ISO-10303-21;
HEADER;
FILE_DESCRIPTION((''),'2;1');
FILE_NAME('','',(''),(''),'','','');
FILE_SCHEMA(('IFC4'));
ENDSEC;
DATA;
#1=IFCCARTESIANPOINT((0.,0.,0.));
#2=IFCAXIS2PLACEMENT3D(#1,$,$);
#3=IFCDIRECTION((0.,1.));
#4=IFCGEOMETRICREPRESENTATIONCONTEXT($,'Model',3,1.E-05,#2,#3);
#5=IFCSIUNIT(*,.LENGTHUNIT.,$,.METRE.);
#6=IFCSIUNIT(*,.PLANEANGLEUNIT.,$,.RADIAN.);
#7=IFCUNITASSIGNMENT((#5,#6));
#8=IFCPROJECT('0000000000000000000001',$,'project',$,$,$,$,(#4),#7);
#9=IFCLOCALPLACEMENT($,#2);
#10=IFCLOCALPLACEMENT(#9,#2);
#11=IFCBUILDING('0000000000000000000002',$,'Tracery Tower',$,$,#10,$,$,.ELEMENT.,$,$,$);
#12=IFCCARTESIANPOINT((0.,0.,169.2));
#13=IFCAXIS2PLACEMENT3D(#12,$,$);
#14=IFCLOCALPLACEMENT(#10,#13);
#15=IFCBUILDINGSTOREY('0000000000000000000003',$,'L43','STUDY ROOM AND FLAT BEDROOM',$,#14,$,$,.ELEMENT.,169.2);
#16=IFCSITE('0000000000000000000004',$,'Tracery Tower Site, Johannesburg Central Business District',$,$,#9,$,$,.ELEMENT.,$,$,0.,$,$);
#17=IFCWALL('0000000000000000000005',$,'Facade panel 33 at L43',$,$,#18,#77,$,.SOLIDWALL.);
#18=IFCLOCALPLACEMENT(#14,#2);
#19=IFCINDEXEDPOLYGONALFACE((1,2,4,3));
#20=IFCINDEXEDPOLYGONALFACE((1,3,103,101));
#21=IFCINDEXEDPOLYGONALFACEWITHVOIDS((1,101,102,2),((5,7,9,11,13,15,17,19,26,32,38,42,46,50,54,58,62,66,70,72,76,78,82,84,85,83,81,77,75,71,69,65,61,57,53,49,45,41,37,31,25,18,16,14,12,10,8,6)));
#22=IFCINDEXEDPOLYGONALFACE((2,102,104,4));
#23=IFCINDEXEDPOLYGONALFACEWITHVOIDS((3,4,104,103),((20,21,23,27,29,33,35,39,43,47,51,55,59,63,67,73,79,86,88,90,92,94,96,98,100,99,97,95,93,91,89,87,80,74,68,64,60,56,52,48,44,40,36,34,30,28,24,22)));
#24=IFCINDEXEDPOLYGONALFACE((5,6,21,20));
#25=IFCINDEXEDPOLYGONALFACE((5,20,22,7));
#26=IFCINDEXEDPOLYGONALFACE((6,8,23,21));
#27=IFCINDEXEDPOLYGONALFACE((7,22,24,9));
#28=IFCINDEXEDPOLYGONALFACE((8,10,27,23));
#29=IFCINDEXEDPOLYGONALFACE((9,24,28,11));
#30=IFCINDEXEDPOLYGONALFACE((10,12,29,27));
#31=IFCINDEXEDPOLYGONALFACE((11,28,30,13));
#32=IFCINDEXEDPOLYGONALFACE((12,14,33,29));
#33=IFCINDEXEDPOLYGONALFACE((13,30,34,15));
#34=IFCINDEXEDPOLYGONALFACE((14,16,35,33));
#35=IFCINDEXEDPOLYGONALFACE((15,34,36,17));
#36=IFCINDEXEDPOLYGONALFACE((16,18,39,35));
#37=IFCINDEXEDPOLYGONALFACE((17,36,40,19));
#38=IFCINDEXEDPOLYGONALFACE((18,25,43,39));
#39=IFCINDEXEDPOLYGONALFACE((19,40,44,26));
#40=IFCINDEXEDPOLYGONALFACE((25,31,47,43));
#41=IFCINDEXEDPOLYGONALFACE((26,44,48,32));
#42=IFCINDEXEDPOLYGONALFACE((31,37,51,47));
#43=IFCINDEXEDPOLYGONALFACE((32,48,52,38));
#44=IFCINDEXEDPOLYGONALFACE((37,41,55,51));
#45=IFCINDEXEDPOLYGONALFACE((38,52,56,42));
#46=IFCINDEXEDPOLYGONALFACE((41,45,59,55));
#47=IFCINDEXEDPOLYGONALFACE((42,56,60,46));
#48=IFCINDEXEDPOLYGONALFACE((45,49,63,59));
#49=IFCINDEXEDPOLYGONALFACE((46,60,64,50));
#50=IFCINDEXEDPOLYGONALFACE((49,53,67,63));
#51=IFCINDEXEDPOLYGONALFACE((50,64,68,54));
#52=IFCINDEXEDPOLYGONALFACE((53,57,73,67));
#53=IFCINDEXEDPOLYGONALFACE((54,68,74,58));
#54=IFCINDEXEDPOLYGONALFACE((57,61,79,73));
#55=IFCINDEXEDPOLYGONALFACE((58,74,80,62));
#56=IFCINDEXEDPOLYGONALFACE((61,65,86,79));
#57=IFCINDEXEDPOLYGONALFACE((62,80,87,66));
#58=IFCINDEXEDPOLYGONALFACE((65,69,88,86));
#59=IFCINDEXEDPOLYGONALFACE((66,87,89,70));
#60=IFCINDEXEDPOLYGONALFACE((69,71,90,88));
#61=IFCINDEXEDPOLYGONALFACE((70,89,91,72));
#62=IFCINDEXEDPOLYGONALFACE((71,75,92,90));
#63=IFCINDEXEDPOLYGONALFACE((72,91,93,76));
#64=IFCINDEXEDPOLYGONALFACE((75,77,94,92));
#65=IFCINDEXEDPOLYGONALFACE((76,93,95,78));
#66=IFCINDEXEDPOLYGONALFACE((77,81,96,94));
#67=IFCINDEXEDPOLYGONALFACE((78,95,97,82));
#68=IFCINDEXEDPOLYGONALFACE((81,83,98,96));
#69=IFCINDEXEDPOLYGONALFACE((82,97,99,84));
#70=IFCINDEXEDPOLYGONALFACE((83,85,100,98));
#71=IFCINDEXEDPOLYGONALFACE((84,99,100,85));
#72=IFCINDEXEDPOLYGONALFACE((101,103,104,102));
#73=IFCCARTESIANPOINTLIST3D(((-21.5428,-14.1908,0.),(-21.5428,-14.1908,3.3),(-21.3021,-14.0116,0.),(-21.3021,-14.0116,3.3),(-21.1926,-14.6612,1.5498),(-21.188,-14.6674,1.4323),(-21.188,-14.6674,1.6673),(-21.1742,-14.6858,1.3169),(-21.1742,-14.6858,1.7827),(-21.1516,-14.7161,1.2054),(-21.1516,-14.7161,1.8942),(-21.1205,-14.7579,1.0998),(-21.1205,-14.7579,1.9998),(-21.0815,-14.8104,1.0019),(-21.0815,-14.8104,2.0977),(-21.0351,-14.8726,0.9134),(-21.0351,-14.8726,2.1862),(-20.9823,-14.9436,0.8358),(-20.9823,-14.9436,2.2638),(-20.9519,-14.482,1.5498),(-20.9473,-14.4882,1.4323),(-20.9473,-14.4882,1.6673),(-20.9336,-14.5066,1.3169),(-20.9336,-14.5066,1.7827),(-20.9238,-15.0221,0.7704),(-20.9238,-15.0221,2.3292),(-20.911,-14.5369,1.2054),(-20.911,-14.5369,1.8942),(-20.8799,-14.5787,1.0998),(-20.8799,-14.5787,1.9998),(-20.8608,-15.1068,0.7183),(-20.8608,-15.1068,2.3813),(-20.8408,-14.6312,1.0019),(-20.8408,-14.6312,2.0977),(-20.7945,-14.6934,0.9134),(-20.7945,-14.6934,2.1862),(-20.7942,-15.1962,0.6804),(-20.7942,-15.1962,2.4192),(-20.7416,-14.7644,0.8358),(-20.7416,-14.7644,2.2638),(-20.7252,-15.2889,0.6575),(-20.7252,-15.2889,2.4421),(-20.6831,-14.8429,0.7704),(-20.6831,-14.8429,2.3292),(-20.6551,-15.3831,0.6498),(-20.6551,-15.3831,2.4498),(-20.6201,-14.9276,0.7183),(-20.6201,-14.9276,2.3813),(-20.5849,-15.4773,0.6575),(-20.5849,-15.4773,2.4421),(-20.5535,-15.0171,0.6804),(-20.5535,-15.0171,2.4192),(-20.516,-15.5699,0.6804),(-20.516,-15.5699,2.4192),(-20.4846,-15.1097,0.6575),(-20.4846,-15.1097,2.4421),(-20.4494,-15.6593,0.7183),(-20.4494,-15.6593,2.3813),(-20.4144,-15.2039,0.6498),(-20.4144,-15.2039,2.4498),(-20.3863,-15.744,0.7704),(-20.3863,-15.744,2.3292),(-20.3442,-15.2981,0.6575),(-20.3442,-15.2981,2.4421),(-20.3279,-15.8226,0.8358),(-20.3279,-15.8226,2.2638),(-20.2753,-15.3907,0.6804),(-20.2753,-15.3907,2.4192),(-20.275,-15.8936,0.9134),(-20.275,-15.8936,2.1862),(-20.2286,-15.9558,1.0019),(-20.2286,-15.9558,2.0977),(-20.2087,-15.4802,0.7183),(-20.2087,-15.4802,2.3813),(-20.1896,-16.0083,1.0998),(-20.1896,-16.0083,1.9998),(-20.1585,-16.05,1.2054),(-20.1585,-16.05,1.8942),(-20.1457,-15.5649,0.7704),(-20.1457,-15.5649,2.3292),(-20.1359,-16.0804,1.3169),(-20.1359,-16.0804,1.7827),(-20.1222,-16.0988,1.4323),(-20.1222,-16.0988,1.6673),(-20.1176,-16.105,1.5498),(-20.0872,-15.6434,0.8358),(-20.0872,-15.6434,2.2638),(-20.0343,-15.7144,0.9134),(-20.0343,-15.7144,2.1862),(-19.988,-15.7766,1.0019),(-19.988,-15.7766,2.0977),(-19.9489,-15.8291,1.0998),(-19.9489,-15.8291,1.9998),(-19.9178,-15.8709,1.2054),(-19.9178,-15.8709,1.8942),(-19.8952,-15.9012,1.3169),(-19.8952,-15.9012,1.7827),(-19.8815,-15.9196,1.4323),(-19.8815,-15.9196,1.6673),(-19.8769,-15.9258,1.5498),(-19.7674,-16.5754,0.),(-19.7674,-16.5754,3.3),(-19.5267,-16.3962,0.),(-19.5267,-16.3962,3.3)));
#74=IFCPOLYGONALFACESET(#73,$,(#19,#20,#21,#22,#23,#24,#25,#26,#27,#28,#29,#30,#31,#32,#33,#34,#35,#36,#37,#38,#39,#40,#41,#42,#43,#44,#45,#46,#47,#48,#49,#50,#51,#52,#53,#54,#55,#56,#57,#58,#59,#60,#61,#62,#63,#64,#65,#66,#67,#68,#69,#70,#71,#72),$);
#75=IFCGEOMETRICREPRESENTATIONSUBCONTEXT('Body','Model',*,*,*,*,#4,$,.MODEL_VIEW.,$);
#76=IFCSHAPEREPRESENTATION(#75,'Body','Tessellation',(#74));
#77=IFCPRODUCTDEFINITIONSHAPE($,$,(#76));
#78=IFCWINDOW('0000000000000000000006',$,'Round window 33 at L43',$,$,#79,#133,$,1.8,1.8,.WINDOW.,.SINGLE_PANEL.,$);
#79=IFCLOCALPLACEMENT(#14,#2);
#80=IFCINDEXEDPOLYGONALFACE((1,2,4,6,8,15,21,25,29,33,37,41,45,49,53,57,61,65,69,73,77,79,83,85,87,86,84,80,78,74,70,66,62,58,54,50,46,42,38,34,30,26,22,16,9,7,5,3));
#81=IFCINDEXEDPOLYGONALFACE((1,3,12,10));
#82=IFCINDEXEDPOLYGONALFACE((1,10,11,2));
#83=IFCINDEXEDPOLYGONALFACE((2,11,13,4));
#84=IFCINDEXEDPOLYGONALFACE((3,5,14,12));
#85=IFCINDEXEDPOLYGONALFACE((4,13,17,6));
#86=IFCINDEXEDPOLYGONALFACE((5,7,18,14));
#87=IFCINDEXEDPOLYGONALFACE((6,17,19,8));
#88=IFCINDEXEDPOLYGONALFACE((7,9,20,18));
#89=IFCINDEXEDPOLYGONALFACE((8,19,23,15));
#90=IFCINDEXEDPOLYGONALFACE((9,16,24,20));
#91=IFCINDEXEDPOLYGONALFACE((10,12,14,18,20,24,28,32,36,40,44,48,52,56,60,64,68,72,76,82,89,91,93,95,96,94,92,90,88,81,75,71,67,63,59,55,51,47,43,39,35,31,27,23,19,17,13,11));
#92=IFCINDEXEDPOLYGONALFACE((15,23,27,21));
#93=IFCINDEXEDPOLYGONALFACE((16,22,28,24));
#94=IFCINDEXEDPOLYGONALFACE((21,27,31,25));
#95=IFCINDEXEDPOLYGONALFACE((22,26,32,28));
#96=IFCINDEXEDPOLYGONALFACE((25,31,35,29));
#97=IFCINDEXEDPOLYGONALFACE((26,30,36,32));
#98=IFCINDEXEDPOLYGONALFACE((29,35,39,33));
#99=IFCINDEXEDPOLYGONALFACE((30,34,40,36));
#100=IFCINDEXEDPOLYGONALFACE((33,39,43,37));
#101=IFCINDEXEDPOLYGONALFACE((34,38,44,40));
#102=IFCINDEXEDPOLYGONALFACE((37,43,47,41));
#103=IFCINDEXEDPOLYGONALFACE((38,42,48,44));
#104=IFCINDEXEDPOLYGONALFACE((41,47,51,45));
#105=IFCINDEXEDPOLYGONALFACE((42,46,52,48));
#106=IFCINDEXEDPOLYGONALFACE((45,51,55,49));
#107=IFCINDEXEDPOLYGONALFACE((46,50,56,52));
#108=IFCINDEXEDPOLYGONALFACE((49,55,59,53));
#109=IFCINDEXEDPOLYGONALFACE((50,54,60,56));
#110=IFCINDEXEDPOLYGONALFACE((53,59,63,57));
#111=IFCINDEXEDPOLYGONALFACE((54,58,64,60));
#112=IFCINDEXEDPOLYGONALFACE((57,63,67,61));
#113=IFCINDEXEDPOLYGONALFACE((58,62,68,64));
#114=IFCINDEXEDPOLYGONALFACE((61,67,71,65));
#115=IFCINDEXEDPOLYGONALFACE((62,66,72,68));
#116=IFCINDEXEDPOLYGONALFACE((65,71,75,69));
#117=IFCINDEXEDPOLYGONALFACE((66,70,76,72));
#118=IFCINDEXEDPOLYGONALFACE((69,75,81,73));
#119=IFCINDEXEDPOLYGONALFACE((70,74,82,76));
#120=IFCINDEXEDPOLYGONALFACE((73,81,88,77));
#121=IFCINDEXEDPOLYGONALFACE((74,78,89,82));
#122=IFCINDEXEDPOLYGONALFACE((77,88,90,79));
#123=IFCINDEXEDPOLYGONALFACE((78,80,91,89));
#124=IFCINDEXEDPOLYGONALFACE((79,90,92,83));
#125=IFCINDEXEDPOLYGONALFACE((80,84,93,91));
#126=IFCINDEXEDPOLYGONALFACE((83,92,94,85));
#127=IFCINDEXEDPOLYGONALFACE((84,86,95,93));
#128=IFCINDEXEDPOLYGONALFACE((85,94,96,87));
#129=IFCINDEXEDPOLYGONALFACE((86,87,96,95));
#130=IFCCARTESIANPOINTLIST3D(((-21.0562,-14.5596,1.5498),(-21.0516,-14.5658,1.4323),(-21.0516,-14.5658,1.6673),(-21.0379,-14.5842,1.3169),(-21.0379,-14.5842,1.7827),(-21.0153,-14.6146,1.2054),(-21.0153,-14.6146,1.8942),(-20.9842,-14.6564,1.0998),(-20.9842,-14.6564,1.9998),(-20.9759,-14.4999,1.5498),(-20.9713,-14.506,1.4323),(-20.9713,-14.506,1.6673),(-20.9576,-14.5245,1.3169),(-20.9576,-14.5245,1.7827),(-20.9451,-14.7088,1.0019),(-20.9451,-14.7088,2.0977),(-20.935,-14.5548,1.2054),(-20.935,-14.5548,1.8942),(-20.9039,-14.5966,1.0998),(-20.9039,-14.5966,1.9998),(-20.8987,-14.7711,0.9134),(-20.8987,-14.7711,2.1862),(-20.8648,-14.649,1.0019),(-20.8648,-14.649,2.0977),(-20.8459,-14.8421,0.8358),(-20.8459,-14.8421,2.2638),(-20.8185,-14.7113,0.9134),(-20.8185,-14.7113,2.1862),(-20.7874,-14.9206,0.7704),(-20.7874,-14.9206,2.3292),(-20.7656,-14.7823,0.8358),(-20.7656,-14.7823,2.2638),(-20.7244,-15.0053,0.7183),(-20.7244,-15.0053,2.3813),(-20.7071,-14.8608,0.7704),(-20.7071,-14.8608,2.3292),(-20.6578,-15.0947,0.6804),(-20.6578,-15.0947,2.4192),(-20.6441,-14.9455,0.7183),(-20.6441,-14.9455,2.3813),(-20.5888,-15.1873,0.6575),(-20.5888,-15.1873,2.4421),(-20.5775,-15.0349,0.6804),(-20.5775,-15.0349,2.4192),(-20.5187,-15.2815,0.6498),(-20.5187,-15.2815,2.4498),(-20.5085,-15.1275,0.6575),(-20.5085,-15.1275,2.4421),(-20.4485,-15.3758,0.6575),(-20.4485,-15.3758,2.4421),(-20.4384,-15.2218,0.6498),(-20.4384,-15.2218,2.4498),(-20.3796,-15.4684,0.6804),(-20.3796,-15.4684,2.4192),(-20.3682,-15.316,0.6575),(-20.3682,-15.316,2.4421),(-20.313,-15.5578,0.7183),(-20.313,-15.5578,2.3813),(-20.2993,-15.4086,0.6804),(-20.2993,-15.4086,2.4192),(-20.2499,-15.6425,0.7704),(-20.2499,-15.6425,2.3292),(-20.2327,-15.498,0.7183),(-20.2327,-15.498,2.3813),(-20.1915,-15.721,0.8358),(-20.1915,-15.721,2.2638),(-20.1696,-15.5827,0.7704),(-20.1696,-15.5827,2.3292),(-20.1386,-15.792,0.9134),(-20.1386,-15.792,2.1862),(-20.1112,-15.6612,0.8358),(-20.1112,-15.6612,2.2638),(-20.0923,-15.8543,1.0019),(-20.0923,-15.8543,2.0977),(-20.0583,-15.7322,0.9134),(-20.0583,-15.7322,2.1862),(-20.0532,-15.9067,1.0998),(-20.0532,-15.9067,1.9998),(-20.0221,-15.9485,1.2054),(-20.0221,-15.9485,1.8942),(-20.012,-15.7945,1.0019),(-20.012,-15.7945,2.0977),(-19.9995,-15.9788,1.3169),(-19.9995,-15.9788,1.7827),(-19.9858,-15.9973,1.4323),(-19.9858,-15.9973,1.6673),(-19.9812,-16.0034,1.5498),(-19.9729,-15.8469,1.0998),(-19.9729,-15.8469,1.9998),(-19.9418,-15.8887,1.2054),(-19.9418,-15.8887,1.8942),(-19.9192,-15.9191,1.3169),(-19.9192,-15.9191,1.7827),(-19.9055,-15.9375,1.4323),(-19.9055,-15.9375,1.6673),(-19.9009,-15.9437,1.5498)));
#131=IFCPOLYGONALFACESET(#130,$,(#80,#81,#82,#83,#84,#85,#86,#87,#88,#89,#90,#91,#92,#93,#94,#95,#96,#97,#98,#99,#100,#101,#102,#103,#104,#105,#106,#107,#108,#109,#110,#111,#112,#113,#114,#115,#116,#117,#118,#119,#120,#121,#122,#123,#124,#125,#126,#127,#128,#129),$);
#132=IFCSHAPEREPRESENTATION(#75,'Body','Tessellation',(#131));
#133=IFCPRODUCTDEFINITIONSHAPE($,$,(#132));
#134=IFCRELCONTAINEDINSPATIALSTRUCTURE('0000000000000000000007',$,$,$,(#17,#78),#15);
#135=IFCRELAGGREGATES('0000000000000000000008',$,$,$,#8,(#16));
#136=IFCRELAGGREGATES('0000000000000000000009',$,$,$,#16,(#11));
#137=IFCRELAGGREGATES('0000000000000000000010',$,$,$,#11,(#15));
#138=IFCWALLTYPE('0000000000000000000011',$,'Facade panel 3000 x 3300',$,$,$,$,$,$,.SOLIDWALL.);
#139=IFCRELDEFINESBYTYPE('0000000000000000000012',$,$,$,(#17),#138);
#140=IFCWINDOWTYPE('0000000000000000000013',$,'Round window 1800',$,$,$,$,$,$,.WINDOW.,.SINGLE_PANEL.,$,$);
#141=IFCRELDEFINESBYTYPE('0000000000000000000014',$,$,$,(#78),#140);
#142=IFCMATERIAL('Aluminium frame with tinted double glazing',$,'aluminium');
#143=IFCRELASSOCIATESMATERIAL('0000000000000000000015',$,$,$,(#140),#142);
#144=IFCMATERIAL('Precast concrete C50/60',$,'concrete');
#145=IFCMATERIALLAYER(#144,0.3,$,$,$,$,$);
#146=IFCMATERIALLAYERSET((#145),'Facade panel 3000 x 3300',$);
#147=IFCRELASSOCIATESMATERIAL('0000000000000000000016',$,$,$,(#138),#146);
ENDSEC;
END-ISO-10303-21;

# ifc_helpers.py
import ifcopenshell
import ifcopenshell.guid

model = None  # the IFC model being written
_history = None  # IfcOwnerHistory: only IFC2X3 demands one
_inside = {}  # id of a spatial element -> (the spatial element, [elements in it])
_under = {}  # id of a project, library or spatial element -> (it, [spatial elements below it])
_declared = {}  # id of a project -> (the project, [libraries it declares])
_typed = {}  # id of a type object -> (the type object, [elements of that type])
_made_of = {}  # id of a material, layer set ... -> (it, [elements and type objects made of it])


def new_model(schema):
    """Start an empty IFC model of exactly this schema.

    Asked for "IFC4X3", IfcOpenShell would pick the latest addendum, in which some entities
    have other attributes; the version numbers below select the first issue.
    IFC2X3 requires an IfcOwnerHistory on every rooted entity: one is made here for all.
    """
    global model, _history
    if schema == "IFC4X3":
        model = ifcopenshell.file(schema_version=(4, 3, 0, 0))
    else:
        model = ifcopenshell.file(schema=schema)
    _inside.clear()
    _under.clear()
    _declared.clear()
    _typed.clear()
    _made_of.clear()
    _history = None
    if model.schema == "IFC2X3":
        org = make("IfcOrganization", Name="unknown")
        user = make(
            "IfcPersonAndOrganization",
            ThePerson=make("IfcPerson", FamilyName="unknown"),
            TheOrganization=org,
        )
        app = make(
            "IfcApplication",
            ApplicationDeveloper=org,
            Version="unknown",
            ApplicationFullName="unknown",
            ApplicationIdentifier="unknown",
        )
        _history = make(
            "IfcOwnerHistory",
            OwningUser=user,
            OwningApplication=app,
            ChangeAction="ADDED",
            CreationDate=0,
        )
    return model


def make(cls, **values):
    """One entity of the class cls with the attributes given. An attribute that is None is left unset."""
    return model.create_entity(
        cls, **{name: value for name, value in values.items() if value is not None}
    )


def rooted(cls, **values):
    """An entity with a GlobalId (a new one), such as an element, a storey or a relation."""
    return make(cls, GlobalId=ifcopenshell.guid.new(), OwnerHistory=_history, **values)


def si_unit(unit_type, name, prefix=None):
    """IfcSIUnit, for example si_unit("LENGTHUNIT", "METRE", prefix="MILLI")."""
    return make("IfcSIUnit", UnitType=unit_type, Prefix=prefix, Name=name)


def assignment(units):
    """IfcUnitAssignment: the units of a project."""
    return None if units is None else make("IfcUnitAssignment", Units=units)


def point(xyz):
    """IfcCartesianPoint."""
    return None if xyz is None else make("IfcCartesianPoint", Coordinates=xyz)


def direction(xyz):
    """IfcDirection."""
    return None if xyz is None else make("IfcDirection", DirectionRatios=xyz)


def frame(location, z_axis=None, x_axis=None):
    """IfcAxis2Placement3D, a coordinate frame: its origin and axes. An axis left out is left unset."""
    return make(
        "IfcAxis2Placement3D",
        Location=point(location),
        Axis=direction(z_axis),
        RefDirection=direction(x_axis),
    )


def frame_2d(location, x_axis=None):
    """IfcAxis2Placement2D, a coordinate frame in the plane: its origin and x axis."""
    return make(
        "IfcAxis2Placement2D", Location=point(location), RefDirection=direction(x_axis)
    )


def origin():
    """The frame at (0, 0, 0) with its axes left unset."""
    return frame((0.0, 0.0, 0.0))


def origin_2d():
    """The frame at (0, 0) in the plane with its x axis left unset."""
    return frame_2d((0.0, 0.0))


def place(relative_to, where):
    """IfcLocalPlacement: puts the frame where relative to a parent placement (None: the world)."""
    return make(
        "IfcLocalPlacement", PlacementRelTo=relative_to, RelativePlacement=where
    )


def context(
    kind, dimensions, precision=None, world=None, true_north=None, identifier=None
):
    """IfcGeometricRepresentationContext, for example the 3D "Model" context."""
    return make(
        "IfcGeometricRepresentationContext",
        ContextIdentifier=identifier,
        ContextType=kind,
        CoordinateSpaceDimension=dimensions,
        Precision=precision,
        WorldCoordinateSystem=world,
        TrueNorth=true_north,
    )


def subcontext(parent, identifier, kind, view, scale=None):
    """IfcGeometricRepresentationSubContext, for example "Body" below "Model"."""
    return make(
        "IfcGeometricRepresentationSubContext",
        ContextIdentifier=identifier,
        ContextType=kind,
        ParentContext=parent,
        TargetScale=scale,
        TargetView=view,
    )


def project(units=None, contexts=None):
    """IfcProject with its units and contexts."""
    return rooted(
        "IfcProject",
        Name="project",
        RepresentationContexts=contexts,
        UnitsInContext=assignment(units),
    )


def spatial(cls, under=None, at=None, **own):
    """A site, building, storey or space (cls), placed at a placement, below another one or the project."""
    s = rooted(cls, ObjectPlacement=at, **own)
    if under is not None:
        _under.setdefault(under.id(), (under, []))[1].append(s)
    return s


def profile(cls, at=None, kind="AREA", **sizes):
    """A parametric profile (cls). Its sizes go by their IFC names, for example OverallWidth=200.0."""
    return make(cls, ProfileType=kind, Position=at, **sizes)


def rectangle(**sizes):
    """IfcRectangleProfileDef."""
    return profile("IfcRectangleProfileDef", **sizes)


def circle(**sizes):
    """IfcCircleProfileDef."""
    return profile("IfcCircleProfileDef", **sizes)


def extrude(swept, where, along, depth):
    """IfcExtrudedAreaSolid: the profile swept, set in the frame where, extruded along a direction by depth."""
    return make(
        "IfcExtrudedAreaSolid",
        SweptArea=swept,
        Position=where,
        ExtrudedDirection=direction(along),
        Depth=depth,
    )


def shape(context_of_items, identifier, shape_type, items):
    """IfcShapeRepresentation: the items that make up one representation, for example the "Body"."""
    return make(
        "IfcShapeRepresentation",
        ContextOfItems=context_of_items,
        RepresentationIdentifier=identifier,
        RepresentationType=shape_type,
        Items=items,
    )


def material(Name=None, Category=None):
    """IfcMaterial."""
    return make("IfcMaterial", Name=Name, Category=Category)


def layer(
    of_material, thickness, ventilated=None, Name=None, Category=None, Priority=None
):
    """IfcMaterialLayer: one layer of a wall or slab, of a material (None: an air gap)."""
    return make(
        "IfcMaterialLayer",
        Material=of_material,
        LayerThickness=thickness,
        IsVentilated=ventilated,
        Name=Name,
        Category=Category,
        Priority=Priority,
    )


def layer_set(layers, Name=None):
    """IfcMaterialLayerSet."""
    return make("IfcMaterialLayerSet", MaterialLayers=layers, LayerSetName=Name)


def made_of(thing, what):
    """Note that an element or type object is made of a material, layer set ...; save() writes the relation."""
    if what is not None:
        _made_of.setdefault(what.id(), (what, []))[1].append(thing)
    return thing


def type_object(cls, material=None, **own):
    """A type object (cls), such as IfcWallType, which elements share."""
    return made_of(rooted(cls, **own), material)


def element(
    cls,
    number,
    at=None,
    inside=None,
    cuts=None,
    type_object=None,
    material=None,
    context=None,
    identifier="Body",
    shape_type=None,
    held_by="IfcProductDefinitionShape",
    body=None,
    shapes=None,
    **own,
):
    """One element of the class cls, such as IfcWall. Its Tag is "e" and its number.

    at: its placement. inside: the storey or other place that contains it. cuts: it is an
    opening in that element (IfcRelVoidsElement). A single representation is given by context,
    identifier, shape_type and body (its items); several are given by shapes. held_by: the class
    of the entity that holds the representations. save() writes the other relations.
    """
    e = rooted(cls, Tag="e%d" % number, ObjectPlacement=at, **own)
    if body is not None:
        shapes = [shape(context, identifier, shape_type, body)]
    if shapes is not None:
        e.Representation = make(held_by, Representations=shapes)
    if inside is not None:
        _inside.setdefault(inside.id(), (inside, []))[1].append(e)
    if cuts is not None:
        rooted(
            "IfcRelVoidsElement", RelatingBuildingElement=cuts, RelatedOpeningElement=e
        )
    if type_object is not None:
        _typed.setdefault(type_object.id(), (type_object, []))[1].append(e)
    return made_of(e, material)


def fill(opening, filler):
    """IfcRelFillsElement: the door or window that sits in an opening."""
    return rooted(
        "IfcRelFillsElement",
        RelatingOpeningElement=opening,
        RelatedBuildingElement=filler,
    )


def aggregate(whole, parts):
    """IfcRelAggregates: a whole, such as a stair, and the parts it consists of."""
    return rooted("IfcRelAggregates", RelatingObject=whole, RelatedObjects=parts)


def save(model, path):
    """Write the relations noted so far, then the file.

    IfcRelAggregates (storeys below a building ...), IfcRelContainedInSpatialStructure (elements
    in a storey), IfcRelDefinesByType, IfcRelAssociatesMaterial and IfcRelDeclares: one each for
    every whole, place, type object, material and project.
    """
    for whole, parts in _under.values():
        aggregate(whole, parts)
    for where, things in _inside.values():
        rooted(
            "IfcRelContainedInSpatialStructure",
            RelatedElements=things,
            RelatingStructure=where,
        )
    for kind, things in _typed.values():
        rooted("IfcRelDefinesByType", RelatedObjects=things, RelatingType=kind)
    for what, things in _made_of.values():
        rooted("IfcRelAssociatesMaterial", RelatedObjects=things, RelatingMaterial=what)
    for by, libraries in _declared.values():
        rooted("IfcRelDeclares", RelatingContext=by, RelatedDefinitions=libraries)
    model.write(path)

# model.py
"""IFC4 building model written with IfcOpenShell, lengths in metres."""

from ifc_helpers import new_model, si_unit, direction, frame, frame_2d, origin, origin_2d, place, context, subcontext, project, spatial, rectangle, circle, extrude, material, layer, layer_set, type_object, element, fill, save


model = new_model("IFC4")

# Units and contexts
model_context = context("Model", 3, precision=1e-05, world=origin(), true_north=direction((0.0, 1.0)))
body_context = subcontext(model_context, "Body", "Model", "MODEL_VIEW")
ifc_project = project(units=[si_unit("LENGTHUNIT", "METRE"), si_unit("PLANEANGLEUNIT", "RADIAN")], contexts=[model_context])

# Site, building, storey
site_placement = place(None, origin())
site = spatial("IfcSite", under=ifc_project, at=site_placement, Name="Tracery Tower Site, Johannesburg Central Business District", CompositionType="ELEMENT", RefElevation=0.0)
building_placement = place(site_placement, origin())
building = spatial("IfcBuilding", under=site, at=building_placement, Name="Tracery Tower", CompositionType="ELEMENT")
storey_placement = place(building_placement, frame((0.0, 0.0, 169.2)))
storey = spatial("IfcBuildingStorey", under=building, at=storey_placement, Name="L43", Description="STUDY ROOM AND FLAT BEDROOM", CompositionType="ELEMENT", Elevation=169.2)

# Wall, opening, window
ifc_material_1 = material(Name="Aluminium frame with tinted double glazing", Category="aluminium")
window_type = type_object("IfcWindowType", Name="Round window 1800", PartitioningType="SINGLE_PANEL", PredefinedType="WINDOW", material=ifc_material_1)
ifc_material_2 = material(Name="Precast concrete C50/60", Category="concrete")
ifc_layer_1 = layer(ifc_material_2, 0.3)
ifc_layer_set_1 = layer_set([ifc_layer_1], Name="Facade panel 3000 x 3300")
wall_type_1 = type_object("IfcWallType", Name="Facade panel 3000 x 3300", PredefinedType="SOLIDWALL", material=ifc_layer_set_1)
wall_1_placement = place(storey_placement, frame((-21.4224, -14.1013, 0.0), z_axis=(0.0, 0.0, 1.0), x_axis=(0.597198, -0.802094, 0.0)))
wall_1 = element("IfcWall", 1, at=wall_1_placement, inside=storey, type_object=wall_type_1, Name="Facade panel 33 at L43", PredefinedType="SOLIDWALL", context=body_context, shape_type="SweptSolid", body=[
    extrude(rectangle(XDim=2.9729, YDim=0.3, at=frame_2d((1.4863, 0.0))), origin(), (0.0, 0.0, 1.0), 3.3),
])
opening_1_placement = place(wall_1_placement, frame((1.4863, 0.0, 1.5498)))
opening_1 = element("IfcOpeningElement", 2, at=opening_1_placement, cuts=wall_1, PredefinedType="OPENING", context=body_context, shape_type="SweptSolid", body=[
    extrude(circle(Radius=0.9, at=origin_2d()), frame((0.0, 0.1599, 0.0), z_axis=(0.0, -1.0, 0.0), x_axis=(1.0, 0.0, 0.0)), (0.0, 0.0, 1.0), 0.3201),
])
window_1_placement = place(opening_1_placement, origin())
window_1 = element("IfcWindow", 3, at=window_1_placement, inside=storey, type_object=window_type, Name="Round window 33 at L43", OverallHeight=1.8, OverallWidth=1.8, PartitioningType="SINGLE_PANEL", PredefinedType="WINDOW", context=body_context, shape_type="SweptSolid", body=[
    extrude(circle(Radius=0.9, at=origin_2d()), frame((0.0, 0.1201, 0.0), z_axis=(0.0, -1.0, 0.0), x_axis=(1.0, 0.0, 0.0)), (0.0, 0.0, 1.0), 0.1001),
])
fill(opening_1, window_1)

save(model, "model.ifc")
